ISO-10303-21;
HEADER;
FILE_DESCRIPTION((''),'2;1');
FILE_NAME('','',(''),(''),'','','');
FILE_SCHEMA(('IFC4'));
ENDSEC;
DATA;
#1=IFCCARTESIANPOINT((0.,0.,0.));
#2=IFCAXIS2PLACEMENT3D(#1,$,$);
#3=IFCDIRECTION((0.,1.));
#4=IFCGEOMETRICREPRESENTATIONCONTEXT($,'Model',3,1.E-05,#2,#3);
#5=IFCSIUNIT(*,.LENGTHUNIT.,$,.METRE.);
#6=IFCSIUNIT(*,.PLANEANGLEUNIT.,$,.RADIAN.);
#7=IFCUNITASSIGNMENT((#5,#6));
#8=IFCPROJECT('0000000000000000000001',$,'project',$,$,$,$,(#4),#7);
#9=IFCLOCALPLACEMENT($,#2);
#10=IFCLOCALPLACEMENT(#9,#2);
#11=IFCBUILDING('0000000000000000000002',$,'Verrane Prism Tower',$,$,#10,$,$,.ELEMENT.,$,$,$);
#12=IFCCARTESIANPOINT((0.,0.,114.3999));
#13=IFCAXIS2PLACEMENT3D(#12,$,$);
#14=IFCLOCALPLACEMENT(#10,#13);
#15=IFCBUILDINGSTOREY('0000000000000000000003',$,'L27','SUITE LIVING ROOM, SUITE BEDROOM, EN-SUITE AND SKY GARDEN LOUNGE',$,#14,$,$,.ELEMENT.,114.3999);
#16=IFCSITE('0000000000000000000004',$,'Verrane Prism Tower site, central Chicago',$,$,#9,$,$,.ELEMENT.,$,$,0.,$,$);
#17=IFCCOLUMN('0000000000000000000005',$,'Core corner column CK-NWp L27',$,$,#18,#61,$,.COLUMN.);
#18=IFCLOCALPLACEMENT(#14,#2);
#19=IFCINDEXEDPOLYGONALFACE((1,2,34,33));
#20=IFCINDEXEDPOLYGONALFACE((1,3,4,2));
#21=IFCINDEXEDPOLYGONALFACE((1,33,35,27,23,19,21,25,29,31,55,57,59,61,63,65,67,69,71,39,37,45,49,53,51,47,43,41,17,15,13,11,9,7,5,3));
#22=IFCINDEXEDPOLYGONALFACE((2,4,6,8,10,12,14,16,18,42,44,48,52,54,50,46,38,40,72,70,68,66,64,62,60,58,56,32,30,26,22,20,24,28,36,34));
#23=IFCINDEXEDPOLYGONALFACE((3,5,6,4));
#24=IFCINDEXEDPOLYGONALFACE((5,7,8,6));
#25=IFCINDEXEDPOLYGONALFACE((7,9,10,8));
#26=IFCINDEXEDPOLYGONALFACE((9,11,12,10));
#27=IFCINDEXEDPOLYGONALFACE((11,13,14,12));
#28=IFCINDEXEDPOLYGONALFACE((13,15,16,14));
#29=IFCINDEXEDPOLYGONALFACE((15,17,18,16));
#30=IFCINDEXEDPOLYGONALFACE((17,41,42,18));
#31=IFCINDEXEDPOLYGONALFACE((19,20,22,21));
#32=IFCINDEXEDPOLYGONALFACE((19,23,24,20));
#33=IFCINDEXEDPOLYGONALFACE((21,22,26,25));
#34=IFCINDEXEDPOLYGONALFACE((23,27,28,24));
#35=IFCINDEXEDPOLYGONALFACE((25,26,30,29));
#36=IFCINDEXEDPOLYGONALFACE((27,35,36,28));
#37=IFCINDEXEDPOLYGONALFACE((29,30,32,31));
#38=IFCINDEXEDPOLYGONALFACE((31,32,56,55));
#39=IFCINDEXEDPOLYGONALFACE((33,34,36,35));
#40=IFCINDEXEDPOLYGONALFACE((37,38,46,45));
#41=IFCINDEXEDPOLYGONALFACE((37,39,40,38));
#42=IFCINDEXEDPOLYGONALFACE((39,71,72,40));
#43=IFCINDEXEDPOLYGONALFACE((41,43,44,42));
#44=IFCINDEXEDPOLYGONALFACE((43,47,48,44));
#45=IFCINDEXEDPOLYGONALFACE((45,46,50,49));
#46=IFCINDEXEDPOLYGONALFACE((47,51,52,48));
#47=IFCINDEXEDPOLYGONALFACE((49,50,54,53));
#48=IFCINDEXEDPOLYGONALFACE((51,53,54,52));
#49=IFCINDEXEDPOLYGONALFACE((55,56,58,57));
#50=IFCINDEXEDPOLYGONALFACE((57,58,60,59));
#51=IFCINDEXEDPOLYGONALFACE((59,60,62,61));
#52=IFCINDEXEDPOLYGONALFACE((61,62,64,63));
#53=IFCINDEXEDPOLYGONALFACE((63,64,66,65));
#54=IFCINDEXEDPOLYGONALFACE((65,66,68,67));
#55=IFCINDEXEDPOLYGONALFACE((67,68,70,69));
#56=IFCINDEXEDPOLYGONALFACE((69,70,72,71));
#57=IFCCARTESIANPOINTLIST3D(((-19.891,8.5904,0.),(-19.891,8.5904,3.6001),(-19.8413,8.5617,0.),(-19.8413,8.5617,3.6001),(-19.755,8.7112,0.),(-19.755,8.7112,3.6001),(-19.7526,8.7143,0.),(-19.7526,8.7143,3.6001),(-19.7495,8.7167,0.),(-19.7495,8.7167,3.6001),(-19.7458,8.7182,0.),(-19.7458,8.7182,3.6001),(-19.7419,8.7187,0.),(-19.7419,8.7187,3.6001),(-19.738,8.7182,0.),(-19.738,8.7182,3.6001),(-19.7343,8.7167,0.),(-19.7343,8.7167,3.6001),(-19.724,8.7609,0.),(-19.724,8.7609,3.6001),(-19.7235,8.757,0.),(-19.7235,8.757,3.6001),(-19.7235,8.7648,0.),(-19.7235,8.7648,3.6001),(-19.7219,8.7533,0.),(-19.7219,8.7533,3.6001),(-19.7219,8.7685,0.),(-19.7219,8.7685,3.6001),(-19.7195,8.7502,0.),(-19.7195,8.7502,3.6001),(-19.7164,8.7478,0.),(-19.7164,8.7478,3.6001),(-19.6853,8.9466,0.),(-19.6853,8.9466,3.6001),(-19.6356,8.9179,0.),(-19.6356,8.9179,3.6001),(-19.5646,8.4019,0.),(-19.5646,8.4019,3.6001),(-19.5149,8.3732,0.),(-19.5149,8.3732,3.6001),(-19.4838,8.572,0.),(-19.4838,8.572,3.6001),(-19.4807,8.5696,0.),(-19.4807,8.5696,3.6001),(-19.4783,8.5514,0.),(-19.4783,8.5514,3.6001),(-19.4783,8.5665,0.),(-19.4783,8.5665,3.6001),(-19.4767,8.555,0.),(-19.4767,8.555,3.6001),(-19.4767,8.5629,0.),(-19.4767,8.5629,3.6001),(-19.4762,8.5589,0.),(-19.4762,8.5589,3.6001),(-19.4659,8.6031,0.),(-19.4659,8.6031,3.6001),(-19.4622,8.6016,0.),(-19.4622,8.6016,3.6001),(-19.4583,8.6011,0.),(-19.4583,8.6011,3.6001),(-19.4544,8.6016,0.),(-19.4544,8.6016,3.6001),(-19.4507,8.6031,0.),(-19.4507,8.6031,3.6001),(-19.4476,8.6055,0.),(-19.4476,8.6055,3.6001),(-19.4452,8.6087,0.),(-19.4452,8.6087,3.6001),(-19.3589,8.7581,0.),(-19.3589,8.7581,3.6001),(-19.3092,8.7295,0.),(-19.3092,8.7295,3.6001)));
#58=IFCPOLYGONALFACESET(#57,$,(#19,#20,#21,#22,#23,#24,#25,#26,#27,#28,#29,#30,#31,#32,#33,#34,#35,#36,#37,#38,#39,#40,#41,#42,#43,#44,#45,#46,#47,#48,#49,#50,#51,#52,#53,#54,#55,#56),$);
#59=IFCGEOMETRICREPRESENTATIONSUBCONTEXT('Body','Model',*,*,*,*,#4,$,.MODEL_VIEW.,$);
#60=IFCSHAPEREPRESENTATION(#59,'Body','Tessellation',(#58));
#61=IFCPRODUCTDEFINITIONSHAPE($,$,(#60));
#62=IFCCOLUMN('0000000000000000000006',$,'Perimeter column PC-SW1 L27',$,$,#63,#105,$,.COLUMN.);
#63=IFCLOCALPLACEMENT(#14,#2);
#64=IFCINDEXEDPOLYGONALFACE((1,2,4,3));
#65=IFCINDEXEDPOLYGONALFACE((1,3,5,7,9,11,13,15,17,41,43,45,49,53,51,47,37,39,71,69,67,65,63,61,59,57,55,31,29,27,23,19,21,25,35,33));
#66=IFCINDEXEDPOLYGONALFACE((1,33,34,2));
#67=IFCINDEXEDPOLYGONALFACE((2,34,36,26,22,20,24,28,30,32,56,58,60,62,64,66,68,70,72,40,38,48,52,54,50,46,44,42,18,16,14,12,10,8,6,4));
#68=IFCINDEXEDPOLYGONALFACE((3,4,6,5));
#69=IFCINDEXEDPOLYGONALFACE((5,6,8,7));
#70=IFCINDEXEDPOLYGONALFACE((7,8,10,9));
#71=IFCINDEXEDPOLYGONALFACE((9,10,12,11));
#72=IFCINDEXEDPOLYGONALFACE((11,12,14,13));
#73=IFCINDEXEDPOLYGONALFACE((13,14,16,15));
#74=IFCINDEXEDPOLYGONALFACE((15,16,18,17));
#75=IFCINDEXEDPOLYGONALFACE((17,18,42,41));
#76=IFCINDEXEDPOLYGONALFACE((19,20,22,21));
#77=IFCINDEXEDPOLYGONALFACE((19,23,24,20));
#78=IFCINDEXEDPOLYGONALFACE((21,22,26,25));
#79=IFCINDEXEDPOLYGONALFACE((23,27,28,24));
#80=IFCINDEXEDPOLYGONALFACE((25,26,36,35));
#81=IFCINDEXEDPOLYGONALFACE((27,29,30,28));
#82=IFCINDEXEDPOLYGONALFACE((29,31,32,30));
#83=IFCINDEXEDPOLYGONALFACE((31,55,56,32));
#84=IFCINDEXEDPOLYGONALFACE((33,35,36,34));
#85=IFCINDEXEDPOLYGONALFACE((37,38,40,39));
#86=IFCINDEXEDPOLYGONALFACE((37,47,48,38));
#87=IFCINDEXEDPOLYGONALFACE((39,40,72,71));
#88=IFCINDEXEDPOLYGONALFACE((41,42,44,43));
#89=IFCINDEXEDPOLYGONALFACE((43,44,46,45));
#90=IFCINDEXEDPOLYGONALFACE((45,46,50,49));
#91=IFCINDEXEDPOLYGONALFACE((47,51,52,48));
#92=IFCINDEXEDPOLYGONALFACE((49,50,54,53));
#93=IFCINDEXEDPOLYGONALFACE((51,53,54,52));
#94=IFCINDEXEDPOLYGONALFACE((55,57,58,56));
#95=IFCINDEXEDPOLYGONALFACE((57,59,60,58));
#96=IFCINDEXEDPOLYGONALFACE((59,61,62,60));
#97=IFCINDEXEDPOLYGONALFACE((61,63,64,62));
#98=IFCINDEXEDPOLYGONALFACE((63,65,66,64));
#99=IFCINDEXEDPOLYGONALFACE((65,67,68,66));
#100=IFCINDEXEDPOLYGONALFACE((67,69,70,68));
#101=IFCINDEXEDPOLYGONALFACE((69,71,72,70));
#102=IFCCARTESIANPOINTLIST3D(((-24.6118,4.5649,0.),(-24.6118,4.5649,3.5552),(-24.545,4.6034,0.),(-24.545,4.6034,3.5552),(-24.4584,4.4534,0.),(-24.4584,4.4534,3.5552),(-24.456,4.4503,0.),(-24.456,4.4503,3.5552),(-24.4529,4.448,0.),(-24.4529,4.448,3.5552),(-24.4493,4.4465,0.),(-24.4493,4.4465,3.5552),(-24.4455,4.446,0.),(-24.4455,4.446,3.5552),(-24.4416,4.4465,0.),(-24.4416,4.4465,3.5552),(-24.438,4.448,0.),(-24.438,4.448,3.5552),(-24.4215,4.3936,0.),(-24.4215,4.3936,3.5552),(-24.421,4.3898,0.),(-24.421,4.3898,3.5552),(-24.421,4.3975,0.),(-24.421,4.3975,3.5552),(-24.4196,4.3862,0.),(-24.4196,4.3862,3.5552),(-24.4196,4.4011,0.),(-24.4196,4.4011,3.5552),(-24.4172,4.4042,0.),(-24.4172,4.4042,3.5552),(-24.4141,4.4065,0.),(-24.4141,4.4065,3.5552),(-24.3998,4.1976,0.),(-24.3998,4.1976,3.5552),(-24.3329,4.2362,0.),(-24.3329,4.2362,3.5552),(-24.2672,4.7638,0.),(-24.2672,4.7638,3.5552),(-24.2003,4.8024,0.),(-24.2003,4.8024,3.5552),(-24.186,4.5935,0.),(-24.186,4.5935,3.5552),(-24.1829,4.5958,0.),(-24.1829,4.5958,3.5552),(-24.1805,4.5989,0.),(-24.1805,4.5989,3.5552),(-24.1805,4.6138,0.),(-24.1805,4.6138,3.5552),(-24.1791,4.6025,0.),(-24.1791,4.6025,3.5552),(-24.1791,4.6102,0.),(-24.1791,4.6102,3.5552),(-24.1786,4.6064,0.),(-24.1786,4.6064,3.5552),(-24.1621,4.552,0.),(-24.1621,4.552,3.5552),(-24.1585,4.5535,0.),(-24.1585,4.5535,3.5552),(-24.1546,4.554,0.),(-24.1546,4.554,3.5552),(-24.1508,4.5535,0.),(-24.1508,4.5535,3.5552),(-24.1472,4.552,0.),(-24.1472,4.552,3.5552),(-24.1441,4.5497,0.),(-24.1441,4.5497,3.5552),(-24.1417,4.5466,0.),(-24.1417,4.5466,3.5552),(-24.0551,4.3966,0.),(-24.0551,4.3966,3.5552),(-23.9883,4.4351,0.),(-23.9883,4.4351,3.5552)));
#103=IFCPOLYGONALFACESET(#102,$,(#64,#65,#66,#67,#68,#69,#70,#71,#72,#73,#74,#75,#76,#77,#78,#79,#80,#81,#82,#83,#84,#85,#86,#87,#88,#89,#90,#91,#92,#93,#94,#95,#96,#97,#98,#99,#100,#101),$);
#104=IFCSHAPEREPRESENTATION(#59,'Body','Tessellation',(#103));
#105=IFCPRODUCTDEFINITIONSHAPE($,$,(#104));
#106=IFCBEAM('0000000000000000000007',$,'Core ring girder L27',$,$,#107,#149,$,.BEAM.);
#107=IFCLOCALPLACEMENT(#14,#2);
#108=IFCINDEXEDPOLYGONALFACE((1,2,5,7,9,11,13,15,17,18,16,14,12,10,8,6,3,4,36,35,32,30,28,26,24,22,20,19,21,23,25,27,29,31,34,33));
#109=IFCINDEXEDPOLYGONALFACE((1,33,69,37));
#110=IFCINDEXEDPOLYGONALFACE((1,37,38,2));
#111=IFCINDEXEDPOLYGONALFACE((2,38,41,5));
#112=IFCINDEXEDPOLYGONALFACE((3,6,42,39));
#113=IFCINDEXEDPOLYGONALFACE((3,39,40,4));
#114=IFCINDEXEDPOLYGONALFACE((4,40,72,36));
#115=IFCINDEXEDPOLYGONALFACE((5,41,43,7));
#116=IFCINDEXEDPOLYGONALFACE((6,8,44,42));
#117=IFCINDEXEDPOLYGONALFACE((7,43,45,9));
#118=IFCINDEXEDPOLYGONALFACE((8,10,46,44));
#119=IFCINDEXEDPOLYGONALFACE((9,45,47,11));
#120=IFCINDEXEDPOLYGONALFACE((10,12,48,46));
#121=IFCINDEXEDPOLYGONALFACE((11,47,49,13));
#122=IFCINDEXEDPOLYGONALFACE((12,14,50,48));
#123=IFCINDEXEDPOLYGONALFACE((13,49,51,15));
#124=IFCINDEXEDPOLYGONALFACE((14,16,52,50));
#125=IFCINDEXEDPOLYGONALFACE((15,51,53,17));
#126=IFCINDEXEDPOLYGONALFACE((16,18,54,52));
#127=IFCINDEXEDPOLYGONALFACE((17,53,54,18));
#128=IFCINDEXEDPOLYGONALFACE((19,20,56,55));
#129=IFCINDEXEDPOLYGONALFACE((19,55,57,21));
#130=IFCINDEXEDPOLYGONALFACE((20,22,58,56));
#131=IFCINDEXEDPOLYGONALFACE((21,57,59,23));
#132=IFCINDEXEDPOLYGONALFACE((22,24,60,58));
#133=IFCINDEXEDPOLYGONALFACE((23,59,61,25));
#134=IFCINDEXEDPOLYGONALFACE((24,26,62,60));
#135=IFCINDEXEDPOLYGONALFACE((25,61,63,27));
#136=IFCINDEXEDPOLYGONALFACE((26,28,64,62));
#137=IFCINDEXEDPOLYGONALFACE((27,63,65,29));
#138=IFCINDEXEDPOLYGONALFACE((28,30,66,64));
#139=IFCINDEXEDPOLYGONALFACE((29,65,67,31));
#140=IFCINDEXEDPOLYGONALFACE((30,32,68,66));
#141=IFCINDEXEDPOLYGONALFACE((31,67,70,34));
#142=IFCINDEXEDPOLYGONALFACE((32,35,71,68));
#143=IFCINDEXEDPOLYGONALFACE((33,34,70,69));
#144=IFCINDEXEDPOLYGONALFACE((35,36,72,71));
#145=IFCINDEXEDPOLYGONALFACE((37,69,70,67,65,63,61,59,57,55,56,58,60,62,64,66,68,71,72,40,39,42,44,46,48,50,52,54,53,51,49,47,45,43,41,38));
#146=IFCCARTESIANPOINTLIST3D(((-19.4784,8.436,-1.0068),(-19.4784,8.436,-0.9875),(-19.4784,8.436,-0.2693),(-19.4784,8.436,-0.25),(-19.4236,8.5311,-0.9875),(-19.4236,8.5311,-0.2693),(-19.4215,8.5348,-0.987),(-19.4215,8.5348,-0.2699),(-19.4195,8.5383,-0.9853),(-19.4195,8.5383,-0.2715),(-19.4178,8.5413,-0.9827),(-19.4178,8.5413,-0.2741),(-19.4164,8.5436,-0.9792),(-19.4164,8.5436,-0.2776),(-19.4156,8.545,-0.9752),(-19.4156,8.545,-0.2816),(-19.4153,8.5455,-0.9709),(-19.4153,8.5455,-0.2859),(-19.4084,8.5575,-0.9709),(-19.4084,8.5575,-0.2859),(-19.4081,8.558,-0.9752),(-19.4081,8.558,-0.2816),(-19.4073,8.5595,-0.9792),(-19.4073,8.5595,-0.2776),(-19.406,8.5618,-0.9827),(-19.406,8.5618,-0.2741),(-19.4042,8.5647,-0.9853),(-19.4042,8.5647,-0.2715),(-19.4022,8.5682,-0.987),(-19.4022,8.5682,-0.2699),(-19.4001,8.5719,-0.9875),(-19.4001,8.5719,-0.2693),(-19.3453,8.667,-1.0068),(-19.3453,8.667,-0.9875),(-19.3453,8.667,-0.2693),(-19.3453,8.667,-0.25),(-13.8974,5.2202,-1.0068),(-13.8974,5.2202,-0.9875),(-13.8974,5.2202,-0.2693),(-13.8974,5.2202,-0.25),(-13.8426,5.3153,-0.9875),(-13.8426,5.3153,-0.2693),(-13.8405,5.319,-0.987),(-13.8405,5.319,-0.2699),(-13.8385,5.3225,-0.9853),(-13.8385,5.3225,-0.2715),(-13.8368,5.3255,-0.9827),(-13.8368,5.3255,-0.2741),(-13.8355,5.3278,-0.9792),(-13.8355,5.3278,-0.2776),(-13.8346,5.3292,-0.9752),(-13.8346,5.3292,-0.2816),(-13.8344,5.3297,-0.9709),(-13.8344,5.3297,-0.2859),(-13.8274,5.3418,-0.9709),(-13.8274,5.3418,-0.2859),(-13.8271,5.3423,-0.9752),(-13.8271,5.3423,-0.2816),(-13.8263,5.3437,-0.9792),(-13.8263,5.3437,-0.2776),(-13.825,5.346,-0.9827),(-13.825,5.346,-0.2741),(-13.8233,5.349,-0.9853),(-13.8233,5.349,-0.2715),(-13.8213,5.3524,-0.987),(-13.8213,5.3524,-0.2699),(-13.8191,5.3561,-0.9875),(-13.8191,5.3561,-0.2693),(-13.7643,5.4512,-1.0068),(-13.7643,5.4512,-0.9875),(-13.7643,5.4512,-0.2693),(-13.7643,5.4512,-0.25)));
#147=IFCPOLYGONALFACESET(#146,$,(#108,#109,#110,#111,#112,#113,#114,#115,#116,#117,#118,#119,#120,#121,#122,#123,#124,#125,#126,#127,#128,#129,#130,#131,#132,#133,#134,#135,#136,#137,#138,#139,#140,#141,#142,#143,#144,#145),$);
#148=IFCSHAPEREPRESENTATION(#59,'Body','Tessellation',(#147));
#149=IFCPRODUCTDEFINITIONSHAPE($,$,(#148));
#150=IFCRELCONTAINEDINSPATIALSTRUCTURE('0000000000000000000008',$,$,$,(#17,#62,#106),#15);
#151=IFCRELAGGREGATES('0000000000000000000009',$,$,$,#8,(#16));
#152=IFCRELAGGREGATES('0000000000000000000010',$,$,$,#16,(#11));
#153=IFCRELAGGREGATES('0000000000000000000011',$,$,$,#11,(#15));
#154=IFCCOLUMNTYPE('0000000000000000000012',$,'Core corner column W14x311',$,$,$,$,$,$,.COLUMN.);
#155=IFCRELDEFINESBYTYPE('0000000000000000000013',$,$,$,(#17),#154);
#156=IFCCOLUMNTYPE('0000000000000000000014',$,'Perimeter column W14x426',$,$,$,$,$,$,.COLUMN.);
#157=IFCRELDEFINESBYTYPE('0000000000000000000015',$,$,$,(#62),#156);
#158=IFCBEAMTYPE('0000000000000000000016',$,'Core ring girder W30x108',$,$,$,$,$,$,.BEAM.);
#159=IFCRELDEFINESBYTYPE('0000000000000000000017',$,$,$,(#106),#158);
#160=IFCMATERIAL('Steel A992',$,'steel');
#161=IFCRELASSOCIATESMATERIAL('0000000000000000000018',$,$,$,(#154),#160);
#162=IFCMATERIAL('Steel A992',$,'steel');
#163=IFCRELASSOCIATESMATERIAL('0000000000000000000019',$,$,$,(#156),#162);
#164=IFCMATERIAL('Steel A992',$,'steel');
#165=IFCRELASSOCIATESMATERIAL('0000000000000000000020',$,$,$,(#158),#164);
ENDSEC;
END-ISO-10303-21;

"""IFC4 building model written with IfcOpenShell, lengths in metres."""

from ifc_helpers import new_model, si_unit, direction, frame, origin, origin_2d, place, context, subcontext, project, spatial, i_section, extrude, material, material_profile, profile_set, type_object, element, save


model = new_model("IFC4")

# Units and contexts
model_context = context("Model", 3, precision=1e-05, world=origin(), true_north=direction((0.0, 1.0)))
body_context = subcontext(model_context, "Body", "Model", "MODEL_VIEW")
ifc_project = project(units=[si_unit("LENGTHUNIT", "METRE"), si_unit("PLANEANGLEUNIT", "RADIAN")], contexts=[model_context])

# Site, building, storey
site_placement = place(None, origin())
site = spatial("IfcSite", under=ifc_project, at=site_placement, Name="Verrane Prism Tower site, central Chicago", CompositionType="ELEMENT", RefElevation=0.0)
building_placement = place(site_placement, origin())
building = spatial("IfcBuilding", under=site, at=building_placement, Name="Verrane Prism Tower", CompositionType="ELEMENT")
storey_placement = place(building_placement, frame((0.0, 0.0, 114.3999)))
storey = spatial("IfcBuildingStorey", under=building, at=storey_placement, Name="L27", Description="SUITE LIVING ROOM, SUITE BEDROOM, EN-SUITE AND SKY GARDEN LOUNGE", CompositionType="ELEMENT", Elevation=114.3999)

# Columns
ifc_material_1 = material(Name="Steel A992", Category="steel")
ifc_material_profile_1 = material_profile(ifc_material_1, i_section(OverallWidth=0.4114, OverallDepth=0.4343, WebThickness=0.0359, FlangeThickness=0.0574, FilletRadius=0.0151, at=origin_2d()), Name="W14x311")
ifc_profile_set_1 = profile_set([ifc_material_profile_1], Name="Steel A992")
column_type_1 = type_object("IfcColumnType", Name="Core corner column W14x311", PredefinedType="COLUMN", material=ifc_profile_set_1)
column_1_placement = place(storey_placement, frame((-19.6001, 8.6599, 0.0), z_axis=(0.0, 0.0, 1.0), x_axis=(0.5, 0.866025, 0.0)))
element("IfcColumn", 1, at=column_1_placement, inside=storey, type_object=column_type_1, Name="Core corner column CK-NWp L27", PredefinedType="COLUMN", context=body_context, shape_type="SweptSolid", body=[
    extrude(i_section(OverallWidth=0.4114, OverallDepth=0.4343, WebThickness=0.0359, FlangeThickness=0.0574, FilletRadius=0.0151, at=origin_2d()), origin(), (0.0, 0.0, 1.0), 3.6001),
])
ifc_material_2 = material(Name="Steel A992", Category="steel")
ifc_material_profile_2 = material_profile(ifc_material_2, i_section(OverallWidth=0.4241, OverallDepth=0.4751, WebThickness=0.0479, FlangeThickness=0.0771, FilletRadius=0.0149, at=origin_2d()), Name="W14x426")
ifc_profile_set_2 = profile_set([ifc_material_profile_2], Name="Steel A992")
column_type_2 = type_object("IfcColumnType", Name="Perimeter column W14x426", PredefinedType="COLUMN", material=ifc_profile_set_2)
column_2_placement = place(storey_placement, frame((-24.3, 4.5, 0.0), z_axis=(0.0, 0.0, 1.0), x_axis=(-0.5, 0.866025, 0.0)))
element("IfcColumn", 2, at=column_2_placement, inside=storey, type_object=column_type_2, Name="Perimeter column PC-SW1 L27", PredefinedType="COLUMN", context=body_context, shape_type="SweptSolid", body=[
    extrude(i_section(OverallWidth=0.4241, OverallDepth=0.4751, WebThickness=0.0479, FlangeThickness=0.0771, FilletRadius=0.0149, at=origin_2d()), origin(), (0.0, 0.0, 1.0), 3.5552),
])

# Beam
ifc_material_3 = material(Name="Steel A992", Category="steel")
ifc_material_profile_3 = material_profile(ifc_material_3, i_section(OverallWidth=0.2666, OverallDepth=0.7568, WebThickness=0.0139, FlangeThickness=0.0193, FilletRadius=0.0166, at=origin_2d()), Name="W30x108")
ifc_profile_set_3 = profile_set([ifc_material_profile_3], Name="Steel A992")
beam_type_1 = type_object("IfcBeamType", Name="Core ring girder W30x108", PredefinedType="BEAM", material=ifc_profile_set_3)
beam_1_placement = place(storey_placement, frame((-19.4119, 8.5515, -0.6284), z_axis=(0.866456, -0.499254, 0.0), x_axis=(0.499254, 0.866456, 0.0)))
element("IfcBeam", 3, at=beam_1_placement, inside=storey, type_object=beam_type_1, Name="Core ring girder L27", PredefinedType="BEAM", context=body_context, shape_type="SweptSolid", body=[
    extrude(i_section(OverallWidth=0.2666, OverallDepth=0.7568, WebThickness=0.0139, FlangeThickness=0.0193, FilletRadius=0.0166, at=origin_2d()), origin(), (0.0, 0.0, 1.0), 6.4412),
])

save(model, "model.ifc")
